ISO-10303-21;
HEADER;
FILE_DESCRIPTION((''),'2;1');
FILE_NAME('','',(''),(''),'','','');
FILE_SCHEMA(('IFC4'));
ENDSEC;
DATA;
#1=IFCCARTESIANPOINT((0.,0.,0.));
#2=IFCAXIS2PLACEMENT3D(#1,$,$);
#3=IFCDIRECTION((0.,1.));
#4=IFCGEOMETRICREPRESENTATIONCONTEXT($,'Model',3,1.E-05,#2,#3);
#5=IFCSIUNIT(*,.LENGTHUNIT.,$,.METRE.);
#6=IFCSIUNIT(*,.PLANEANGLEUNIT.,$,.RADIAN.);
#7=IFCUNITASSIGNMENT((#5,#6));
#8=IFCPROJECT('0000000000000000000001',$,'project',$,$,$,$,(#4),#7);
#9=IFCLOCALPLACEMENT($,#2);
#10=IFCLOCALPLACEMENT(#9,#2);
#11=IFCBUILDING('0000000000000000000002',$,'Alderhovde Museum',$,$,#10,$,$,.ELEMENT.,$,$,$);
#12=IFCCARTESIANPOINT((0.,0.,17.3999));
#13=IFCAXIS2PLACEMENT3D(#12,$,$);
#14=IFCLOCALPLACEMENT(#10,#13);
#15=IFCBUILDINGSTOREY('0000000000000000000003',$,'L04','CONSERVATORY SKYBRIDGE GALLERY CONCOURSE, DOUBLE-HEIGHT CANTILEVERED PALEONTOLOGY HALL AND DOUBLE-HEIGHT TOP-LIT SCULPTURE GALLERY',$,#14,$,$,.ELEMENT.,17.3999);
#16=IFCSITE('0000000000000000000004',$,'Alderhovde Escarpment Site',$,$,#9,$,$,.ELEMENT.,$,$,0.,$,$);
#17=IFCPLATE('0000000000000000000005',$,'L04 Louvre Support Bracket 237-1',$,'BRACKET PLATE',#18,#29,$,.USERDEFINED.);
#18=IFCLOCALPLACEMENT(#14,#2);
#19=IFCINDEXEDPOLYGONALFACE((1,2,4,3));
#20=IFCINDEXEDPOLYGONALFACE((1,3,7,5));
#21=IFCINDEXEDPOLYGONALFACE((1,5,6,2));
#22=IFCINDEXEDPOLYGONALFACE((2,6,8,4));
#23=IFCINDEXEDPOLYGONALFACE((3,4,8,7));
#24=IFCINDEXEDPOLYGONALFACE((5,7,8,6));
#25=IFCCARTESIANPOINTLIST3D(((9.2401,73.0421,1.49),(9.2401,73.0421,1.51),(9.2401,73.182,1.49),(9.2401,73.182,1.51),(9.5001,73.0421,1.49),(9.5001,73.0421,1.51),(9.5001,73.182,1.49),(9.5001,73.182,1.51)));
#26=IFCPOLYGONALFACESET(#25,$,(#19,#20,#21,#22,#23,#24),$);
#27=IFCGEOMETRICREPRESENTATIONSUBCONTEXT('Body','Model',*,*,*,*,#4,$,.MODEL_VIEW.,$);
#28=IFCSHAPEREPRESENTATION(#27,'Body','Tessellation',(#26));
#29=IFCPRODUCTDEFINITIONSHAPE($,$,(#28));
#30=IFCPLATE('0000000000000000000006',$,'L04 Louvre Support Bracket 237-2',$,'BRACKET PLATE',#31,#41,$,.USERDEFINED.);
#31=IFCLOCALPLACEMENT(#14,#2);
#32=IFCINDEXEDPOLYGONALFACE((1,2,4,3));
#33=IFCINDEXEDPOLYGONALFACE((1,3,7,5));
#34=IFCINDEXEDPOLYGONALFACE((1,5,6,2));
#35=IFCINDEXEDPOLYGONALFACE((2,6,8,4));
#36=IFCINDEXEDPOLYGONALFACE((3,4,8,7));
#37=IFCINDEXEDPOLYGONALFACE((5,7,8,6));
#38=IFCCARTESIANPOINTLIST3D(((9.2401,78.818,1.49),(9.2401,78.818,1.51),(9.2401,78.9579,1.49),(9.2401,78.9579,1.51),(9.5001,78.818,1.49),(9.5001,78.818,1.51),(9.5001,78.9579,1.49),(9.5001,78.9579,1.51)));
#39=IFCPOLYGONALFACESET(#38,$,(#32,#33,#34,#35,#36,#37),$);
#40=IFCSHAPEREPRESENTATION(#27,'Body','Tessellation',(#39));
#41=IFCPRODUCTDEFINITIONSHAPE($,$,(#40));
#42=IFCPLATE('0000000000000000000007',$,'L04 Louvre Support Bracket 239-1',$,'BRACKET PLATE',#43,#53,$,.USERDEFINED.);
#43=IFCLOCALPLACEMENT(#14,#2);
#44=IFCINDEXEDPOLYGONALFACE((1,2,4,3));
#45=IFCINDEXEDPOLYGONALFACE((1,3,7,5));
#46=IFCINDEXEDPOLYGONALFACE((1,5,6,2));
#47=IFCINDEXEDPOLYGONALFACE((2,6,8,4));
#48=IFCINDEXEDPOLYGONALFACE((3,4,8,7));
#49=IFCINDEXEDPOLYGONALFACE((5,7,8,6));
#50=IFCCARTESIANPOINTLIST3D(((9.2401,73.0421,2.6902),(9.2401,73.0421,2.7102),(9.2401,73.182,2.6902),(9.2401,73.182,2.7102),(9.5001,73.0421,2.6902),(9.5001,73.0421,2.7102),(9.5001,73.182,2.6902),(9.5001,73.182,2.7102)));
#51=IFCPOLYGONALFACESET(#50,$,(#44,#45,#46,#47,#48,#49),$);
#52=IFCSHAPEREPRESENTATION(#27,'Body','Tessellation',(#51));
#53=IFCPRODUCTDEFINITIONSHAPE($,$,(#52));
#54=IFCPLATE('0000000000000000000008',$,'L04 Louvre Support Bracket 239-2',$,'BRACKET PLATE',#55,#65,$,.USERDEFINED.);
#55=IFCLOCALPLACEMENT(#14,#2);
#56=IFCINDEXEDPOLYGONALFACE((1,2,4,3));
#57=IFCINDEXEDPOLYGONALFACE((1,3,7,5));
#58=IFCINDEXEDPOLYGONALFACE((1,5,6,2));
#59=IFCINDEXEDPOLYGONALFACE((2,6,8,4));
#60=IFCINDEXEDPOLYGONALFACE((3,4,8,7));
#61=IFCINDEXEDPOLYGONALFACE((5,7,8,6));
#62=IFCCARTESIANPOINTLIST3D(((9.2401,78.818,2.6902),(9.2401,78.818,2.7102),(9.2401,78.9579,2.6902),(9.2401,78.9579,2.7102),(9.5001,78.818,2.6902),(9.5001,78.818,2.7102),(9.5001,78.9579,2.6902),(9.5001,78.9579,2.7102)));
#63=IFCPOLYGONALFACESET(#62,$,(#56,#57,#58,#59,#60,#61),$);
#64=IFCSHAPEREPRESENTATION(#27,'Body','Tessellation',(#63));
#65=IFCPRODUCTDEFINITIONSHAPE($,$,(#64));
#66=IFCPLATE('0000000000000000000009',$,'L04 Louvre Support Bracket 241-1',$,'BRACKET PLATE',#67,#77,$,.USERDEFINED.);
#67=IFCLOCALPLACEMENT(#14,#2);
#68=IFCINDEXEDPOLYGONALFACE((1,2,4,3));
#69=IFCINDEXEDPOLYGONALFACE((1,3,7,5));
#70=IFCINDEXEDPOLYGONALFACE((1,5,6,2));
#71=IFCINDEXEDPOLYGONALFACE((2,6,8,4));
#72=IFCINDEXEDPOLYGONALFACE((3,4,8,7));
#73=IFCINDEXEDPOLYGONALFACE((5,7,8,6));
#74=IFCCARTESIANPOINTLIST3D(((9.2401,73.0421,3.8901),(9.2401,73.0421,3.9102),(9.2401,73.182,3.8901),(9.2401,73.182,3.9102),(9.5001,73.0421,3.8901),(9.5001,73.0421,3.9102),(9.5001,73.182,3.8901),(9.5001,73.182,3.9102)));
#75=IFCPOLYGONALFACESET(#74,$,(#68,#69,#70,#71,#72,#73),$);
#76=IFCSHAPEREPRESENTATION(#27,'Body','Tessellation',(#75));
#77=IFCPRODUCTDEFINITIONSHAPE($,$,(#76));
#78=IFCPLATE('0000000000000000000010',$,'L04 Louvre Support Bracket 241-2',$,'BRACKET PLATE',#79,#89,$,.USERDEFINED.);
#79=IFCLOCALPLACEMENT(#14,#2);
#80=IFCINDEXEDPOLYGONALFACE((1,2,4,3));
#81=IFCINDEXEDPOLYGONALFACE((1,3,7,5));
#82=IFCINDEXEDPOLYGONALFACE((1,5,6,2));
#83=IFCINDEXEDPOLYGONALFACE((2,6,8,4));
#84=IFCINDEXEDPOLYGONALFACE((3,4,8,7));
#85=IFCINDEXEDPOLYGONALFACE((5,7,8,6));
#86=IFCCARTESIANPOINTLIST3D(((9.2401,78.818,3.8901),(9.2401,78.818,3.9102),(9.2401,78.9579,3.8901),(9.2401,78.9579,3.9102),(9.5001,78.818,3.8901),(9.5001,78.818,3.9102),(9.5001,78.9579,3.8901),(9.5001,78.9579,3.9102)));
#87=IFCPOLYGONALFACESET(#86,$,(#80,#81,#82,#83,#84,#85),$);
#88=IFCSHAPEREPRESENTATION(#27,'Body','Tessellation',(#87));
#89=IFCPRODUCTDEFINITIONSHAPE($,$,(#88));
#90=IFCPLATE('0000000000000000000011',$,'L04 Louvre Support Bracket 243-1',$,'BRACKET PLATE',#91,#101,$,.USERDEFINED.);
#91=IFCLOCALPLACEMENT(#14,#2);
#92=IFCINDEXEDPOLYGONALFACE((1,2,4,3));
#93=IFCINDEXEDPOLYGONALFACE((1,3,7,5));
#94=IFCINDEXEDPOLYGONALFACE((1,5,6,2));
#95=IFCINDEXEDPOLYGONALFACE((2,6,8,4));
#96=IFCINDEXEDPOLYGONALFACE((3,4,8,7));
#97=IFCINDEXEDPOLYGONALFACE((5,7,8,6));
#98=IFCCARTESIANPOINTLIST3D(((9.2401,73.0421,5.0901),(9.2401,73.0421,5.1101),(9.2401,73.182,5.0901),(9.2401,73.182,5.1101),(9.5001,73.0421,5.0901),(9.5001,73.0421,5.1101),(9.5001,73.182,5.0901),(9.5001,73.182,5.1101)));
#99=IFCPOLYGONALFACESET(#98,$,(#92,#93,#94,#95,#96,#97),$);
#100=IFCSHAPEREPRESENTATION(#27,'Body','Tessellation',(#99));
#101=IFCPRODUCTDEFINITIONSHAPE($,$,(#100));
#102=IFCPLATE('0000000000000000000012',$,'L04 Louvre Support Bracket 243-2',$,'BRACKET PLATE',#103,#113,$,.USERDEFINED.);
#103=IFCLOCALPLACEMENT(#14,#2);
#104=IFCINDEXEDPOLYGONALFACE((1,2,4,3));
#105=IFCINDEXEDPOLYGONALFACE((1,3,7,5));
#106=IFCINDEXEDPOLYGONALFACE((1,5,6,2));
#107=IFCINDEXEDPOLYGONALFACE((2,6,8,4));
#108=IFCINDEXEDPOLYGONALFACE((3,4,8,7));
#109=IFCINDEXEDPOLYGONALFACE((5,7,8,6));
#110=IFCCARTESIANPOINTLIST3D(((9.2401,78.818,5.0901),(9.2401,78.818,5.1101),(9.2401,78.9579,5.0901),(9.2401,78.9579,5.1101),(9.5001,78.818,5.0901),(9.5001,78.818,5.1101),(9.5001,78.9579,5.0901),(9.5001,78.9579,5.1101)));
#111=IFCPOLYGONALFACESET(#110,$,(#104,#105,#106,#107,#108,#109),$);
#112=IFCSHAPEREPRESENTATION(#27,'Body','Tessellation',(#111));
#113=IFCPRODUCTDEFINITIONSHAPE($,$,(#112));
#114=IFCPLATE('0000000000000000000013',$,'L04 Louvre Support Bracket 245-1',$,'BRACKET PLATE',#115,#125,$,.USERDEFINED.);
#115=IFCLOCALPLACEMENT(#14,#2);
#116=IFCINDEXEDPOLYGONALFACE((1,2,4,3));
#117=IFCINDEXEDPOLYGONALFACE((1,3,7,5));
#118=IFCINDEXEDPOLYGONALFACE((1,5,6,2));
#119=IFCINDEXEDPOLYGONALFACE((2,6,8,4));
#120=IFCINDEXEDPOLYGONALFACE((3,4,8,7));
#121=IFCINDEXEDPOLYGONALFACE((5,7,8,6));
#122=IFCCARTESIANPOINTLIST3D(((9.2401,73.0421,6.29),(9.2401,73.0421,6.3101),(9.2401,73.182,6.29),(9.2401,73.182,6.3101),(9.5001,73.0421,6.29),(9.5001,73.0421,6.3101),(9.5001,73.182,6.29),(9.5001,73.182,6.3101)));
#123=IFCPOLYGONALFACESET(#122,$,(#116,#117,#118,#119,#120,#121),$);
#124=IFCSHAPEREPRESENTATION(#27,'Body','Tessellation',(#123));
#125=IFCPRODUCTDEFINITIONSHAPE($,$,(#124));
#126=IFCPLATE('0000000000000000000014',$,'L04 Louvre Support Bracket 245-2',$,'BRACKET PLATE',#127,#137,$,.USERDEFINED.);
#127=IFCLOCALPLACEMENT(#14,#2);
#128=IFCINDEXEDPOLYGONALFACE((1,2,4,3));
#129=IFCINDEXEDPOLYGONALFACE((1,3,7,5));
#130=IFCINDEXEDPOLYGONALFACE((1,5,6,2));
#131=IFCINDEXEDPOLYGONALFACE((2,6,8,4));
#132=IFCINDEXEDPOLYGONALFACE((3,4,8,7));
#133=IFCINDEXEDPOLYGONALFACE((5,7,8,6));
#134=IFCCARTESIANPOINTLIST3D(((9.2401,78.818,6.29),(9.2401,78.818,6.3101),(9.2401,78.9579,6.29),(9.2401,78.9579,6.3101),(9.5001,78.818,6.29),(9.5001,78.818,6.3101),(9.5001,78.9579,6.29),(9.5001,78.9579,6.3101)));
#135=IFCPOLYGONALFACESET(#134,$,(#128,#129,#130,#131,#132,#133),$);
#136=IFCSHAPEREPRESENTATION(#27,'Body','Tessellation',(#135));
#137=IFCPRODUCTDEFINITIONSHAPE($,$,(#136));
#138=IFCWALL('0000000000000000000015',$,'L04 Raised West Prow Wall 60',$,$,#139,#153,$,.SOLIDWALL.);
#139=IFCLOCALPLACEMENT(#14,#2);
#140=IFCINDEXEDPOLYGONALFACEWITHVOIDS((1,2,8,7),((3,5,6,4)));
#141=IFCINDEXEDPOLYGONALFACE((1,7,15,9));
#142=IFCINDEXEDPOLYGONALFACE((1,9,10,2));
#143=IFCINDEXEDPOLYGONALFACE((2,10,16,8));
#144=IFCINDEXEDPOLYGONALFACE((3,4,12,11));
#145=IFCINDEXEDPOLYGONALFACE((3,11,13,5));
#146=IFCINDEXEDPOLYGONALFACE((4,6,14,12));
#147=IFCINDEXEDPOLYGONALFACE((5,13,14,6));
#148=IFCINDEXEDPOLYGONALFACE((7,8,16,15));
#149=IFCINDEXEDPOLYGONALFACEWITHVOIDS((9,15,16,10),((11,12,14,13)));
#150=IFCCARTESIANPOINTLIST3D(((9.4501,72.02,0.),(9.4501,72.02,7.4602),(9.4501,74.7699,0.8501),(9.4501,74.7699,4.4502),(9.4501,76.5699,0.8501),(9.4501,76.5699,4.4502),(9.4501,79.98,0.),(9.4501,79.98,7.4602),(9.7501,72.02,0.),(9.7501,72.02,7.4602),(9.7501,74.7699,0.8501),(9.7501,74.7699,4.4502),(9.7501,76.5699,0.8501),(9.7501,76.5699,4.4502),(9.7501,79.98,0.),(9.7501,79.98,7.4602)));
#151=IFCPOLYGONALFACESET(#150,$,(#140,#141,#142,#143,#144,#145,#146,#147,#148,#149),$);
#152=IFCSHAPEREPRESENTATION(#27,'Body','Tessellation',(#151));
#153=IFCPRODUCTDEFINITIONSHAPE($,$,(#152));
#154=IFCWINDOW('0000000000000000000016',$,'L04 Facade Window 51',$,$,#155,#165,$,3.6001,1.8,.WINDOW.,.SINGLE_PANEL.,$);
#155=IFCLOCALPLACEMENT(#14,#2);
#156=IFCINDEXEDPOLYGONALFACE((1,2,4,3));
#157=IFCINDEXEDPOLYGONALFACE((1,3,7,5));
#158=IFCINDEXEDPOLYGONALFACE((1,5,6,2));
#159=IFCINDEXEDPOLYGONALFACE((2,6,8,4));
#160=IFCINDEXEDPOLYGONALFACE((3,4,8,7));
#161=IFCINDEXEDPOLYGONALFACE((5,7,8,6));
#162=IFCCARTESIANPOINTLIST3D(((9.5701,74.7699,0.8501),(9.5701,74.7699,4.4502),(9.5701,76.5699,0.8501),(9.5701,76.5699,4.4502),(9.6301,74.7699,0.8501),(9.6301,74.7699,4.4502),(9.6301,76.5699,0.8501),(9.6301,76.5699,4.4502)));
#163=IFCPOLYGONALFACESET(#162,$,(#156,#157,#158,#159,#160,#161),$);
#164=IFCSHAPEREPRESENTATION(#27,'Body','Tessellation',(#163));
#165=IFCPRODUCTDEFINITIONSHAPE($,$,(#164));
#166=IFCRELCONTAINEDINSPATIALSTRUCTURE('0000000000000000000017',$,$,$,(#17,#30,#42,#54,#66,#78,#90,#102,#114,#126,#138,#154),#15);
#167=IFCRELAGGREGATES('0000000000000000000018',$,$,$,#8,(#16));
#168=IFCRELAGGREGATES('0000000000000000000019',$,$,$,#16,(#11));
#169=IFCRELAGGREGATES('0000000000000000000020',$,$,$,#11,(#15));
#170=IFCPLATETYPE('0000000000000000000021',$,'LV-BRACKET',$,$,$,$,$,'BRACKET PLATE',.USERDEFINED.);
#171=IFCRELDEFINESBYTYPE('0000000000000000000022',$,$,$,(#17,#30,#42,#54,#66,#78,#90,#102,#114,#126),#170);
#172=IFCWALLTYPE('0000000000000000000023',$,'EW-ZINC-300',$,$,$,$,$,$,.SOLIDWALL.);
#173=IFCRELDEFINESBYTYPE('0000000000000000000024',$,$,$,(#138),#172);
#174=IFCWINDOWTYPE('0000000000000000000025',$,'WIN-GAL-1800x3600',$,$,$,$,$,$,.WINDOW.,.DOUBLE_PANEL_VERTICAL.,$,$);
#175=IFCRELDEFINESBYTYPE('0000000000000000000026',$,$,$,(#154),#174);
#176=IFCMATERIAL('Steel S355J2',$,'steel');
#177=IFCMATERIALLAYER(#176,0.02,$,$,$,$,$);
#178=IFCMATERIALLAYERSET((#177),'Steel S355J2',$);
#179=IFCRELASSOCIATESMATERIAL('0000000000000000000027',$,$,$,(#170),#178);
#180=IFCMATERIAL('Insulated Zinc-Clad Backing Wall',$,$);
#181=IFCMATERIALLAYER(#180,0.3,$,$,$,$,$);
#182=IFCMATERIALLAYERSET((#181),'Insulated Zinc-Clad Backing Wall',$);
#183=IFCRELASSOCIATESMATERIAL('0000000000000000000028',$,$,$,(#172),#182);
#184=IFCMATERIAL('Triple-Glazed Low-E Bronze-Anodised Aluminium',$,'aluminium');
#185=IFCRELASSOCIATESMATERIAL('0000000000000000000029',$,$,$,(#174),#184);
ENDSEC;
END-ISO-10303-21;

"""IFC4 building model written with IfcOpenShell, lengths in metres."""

from ifc_helpers import new_model, si_unit, direction, frame, frame_2d, origin, origin_2d, place, context, subcontext, project, spatial, rectangle, extrude, material, layer, layer_set, type_object, element, fill, save


model = new_model("IFC4")

# Units and contexts
model_context = context("Model", 3, precision=1e-05, world=origin(), true_north=direction((0.0, 1.0)))
body_context = subcontext(model_context, "Body", "Model", "MODEL_VIEW")
ifc_project = project(units=[si_unit("LENGTHUNIT", "METRE"), si_unit("PLANEANGLEUNIT", "RADIAN")], contexts=[model_context])

# Site, building, storey
site_placement = place(None, origin())
site = spatial("IfcSite", under=ifc_project, at=site_placement, Name="Alderhovde Escarpment Site", CompositionType="ELEMENT", RefElevation=0.0)
building_placement = place(site_placement, origin())
building = spatial("IfcBuilding", under=site, at=building_placement, Name="Alderhovde Museum", CompositionType="ELEMENT")
storey_placement = place(building_placement, frame((0.0, 0.0, 17.3999)))
storey = spatial("IfcBuildingStorey", under=building, at=storey_placement, Name="L04", Description="CONSERVATORY SKYBRIDGE GALLERY CONCOURSE, DOUBLE-HEIGHT CANTILEVERED PALEONTOLOGY HALL AND DOUBLE-HEIGHT TOP-LIT SCULPTURE GALLERY", CompositionType="ELEMENT", Elevation=17.3999)

# Plates
ifc_material_1 = material(Name="Steel S355J2", Category="steel")
ifc_layer_1 = layer(ifc_material_1, 0.02)
ifc_layer_set_1 = layer_set([ifc_layer_1], Name="Steel S355J2")
plate_type_1 = type_object("IfcPlateType", Name="LV-BRACKET", ElementType="BRACKET PLATE", PredefinedType="USERDEFINED", material=ifc_layer_set_1)
for number, where, z_axis, x_axis, name in (
    (1, (9.3701, 73.1121, 1.49), (0.0, 0.0, 1.0), (0.0, 1.0, 0.0), "L04 Louvre Support Bracket 237-1"),
    (2, (9.3701, 78.8879, 1.49), (0.0, 0.0, 1.0), (0.0, 1.0, 0.0), "L04 Louvre Support Bracket 237-2"),
    (3, (9.3701, 73.1121, 2.6902), (0.0, 0.0, 1.0), (0.0, 1.0, 0.0), "L04 Louvre Support Bracket 239-1"),
    (4, (9.3701, 78.8879, 2.6902), (0.0, 0.0, 1.0), (0.0, 1.0, 0.0), "L04 Louvre Support Bracket 239-2"),
    (5, (9.3701, 73.1121, 3.8901), (0.0, 0.0, 1.0), (0.0, 1.0, 0.0), "L04 Louvre Support Bracket 241-1"),
    (6, (9.3701, 78.8879, 3.8901), (0.0, 0.0, 1.0), (0.0, 1.0, 0.0), "L04 Louvre Support Bracket 241-2"),
    (7, (9.3701, 73.1121, 5.0901), (0.0, 0.0, 1.0), (0.0, 1.0, 0.0), "L04 Louvre Support Bracket 243-1"),
    (8, (9.3701, 78.8879, 5.0901), (0.0, 0.0, 1.0), (0.0, 1.0, 0.0), "L04 Louvre Support Bracket 243-2"),
    (9, (9.3701, 73.1121, 6.29), (0.0, 0.0, 1.0), (0.0, 1.0, 0.0), "L04 Louvre Support Bracket 245-1"),
    (10, (9.3701, 78.8879, 6.29), (0.0, 0.0, 1.0), (0.0, 1.0, 0.0), "L04 Louvre Support Bracket 245-2"),
):
    element("IfcPlate", number, at=place(storey_placement, frame(where, z_axis=z_axis, x_axis=x_axis)), inside=storey, type_object=plate_type_1, Name=name, ObjectType="BRACKET PLATE", PredefinedType="USERDEFINED", context=body_context, shape_type="SweptSolid", body=[
        extrude(rectangle(XDim=0.1399, YDim=0.26, at=origin_2d()), origin(), (0.0, 0.0, 1.0), 0.02),
    ])

# Wall, opening, window
ifc_material_2 = material(Name="Insulated Zinc-Clad Backing Wall")
ifc_layer_2 = layer(ifc_material_2, 0.3)
ifc_layer_set_2 = layer_set([ifc_layer_2], Name="Insulated Zinc-Clad Backing Wall")
wall_type = type_object("IfcWallType", Name="EW-ZINC-300", PredefinedType="SOLIDWALL", material=ifc_layer_set_2)
wall_placement = place(storey_placement, frame((9.6001, 72.02, 0.0), z_axis=(0.0, 0.0, 1.0), x_axis=(0.0, 1.0, 0.0)))
wall = element("IfcWall", 11, at=wall_placement, inside=storey, type_object=wall_type, Name="L04 Raised West Prow Wall 60", PredefinedType="SOLIDWALL", context=body_context, shape_type="SweptSolid", body=[
    extrude(rectangle(XDim=7.96, YDim=0.3, at=frame_2d((3.98, 0.0))), origin(), (0.0, 0.0, 1.0), 7.4602),
])
opening_placement = place(wall_placement, frame((2.75, 0.0, 0.8501)))
opening = element("IfcOpeningElement", 12, at=opening_placement, cuts=wall, PredefinedType="OPENING", context=body_context, shape_type="SweptSolid", body=[
    extrude(rectangle(XDim=1.8, YDim=3.6001, at=frame_2d((0.8999, 1.8))), frame((0.0, 0.1599, 0.0), z_axis=(0.0, -1.0, 0.0), x_axis=(1.0, 0.0, 0.0)), (0.0, 0.0, 1.0), 0.3201),
])
ifc_material_3 = material(Name="Triple-Glazed Low-E Bronze-Anodised Aluminium", Category="aluminium")
window_type = type_object("IfcWindowType", Name="WIN-GAL-1800x3600", PartitioningType="DOUBLE_PANEL_VERTICAL", PredefinedType="WINDOW", material=ifc_material_3)
window_placement = place(opening_placement, origin())
window = element("IfcWindow", 13, at=window_placement, inside=storey, type_object=window_type, Name="L04 Facade Window 51", OverallHeight=3.6001, OverallWidth=1.8, PartitioningType="SINGLE_PANEL", PredefinedType="WINDOW", context=body_context, shape_type="SweptSolid", body=[
    extrude(rectangle(XDim=1.8, YDim=3.6001, at=frame_2d((0.8999, 1.8))), frame((0.0, 0.03, 0.0), z_axis=(0.0, -1.0, 0.0), x_axis=(1.0, 0.0, 0.0)), (0.0, 0.0, 1.0), 0.0601),
])
fill(opening, window)

save(model, "model.ifc")
